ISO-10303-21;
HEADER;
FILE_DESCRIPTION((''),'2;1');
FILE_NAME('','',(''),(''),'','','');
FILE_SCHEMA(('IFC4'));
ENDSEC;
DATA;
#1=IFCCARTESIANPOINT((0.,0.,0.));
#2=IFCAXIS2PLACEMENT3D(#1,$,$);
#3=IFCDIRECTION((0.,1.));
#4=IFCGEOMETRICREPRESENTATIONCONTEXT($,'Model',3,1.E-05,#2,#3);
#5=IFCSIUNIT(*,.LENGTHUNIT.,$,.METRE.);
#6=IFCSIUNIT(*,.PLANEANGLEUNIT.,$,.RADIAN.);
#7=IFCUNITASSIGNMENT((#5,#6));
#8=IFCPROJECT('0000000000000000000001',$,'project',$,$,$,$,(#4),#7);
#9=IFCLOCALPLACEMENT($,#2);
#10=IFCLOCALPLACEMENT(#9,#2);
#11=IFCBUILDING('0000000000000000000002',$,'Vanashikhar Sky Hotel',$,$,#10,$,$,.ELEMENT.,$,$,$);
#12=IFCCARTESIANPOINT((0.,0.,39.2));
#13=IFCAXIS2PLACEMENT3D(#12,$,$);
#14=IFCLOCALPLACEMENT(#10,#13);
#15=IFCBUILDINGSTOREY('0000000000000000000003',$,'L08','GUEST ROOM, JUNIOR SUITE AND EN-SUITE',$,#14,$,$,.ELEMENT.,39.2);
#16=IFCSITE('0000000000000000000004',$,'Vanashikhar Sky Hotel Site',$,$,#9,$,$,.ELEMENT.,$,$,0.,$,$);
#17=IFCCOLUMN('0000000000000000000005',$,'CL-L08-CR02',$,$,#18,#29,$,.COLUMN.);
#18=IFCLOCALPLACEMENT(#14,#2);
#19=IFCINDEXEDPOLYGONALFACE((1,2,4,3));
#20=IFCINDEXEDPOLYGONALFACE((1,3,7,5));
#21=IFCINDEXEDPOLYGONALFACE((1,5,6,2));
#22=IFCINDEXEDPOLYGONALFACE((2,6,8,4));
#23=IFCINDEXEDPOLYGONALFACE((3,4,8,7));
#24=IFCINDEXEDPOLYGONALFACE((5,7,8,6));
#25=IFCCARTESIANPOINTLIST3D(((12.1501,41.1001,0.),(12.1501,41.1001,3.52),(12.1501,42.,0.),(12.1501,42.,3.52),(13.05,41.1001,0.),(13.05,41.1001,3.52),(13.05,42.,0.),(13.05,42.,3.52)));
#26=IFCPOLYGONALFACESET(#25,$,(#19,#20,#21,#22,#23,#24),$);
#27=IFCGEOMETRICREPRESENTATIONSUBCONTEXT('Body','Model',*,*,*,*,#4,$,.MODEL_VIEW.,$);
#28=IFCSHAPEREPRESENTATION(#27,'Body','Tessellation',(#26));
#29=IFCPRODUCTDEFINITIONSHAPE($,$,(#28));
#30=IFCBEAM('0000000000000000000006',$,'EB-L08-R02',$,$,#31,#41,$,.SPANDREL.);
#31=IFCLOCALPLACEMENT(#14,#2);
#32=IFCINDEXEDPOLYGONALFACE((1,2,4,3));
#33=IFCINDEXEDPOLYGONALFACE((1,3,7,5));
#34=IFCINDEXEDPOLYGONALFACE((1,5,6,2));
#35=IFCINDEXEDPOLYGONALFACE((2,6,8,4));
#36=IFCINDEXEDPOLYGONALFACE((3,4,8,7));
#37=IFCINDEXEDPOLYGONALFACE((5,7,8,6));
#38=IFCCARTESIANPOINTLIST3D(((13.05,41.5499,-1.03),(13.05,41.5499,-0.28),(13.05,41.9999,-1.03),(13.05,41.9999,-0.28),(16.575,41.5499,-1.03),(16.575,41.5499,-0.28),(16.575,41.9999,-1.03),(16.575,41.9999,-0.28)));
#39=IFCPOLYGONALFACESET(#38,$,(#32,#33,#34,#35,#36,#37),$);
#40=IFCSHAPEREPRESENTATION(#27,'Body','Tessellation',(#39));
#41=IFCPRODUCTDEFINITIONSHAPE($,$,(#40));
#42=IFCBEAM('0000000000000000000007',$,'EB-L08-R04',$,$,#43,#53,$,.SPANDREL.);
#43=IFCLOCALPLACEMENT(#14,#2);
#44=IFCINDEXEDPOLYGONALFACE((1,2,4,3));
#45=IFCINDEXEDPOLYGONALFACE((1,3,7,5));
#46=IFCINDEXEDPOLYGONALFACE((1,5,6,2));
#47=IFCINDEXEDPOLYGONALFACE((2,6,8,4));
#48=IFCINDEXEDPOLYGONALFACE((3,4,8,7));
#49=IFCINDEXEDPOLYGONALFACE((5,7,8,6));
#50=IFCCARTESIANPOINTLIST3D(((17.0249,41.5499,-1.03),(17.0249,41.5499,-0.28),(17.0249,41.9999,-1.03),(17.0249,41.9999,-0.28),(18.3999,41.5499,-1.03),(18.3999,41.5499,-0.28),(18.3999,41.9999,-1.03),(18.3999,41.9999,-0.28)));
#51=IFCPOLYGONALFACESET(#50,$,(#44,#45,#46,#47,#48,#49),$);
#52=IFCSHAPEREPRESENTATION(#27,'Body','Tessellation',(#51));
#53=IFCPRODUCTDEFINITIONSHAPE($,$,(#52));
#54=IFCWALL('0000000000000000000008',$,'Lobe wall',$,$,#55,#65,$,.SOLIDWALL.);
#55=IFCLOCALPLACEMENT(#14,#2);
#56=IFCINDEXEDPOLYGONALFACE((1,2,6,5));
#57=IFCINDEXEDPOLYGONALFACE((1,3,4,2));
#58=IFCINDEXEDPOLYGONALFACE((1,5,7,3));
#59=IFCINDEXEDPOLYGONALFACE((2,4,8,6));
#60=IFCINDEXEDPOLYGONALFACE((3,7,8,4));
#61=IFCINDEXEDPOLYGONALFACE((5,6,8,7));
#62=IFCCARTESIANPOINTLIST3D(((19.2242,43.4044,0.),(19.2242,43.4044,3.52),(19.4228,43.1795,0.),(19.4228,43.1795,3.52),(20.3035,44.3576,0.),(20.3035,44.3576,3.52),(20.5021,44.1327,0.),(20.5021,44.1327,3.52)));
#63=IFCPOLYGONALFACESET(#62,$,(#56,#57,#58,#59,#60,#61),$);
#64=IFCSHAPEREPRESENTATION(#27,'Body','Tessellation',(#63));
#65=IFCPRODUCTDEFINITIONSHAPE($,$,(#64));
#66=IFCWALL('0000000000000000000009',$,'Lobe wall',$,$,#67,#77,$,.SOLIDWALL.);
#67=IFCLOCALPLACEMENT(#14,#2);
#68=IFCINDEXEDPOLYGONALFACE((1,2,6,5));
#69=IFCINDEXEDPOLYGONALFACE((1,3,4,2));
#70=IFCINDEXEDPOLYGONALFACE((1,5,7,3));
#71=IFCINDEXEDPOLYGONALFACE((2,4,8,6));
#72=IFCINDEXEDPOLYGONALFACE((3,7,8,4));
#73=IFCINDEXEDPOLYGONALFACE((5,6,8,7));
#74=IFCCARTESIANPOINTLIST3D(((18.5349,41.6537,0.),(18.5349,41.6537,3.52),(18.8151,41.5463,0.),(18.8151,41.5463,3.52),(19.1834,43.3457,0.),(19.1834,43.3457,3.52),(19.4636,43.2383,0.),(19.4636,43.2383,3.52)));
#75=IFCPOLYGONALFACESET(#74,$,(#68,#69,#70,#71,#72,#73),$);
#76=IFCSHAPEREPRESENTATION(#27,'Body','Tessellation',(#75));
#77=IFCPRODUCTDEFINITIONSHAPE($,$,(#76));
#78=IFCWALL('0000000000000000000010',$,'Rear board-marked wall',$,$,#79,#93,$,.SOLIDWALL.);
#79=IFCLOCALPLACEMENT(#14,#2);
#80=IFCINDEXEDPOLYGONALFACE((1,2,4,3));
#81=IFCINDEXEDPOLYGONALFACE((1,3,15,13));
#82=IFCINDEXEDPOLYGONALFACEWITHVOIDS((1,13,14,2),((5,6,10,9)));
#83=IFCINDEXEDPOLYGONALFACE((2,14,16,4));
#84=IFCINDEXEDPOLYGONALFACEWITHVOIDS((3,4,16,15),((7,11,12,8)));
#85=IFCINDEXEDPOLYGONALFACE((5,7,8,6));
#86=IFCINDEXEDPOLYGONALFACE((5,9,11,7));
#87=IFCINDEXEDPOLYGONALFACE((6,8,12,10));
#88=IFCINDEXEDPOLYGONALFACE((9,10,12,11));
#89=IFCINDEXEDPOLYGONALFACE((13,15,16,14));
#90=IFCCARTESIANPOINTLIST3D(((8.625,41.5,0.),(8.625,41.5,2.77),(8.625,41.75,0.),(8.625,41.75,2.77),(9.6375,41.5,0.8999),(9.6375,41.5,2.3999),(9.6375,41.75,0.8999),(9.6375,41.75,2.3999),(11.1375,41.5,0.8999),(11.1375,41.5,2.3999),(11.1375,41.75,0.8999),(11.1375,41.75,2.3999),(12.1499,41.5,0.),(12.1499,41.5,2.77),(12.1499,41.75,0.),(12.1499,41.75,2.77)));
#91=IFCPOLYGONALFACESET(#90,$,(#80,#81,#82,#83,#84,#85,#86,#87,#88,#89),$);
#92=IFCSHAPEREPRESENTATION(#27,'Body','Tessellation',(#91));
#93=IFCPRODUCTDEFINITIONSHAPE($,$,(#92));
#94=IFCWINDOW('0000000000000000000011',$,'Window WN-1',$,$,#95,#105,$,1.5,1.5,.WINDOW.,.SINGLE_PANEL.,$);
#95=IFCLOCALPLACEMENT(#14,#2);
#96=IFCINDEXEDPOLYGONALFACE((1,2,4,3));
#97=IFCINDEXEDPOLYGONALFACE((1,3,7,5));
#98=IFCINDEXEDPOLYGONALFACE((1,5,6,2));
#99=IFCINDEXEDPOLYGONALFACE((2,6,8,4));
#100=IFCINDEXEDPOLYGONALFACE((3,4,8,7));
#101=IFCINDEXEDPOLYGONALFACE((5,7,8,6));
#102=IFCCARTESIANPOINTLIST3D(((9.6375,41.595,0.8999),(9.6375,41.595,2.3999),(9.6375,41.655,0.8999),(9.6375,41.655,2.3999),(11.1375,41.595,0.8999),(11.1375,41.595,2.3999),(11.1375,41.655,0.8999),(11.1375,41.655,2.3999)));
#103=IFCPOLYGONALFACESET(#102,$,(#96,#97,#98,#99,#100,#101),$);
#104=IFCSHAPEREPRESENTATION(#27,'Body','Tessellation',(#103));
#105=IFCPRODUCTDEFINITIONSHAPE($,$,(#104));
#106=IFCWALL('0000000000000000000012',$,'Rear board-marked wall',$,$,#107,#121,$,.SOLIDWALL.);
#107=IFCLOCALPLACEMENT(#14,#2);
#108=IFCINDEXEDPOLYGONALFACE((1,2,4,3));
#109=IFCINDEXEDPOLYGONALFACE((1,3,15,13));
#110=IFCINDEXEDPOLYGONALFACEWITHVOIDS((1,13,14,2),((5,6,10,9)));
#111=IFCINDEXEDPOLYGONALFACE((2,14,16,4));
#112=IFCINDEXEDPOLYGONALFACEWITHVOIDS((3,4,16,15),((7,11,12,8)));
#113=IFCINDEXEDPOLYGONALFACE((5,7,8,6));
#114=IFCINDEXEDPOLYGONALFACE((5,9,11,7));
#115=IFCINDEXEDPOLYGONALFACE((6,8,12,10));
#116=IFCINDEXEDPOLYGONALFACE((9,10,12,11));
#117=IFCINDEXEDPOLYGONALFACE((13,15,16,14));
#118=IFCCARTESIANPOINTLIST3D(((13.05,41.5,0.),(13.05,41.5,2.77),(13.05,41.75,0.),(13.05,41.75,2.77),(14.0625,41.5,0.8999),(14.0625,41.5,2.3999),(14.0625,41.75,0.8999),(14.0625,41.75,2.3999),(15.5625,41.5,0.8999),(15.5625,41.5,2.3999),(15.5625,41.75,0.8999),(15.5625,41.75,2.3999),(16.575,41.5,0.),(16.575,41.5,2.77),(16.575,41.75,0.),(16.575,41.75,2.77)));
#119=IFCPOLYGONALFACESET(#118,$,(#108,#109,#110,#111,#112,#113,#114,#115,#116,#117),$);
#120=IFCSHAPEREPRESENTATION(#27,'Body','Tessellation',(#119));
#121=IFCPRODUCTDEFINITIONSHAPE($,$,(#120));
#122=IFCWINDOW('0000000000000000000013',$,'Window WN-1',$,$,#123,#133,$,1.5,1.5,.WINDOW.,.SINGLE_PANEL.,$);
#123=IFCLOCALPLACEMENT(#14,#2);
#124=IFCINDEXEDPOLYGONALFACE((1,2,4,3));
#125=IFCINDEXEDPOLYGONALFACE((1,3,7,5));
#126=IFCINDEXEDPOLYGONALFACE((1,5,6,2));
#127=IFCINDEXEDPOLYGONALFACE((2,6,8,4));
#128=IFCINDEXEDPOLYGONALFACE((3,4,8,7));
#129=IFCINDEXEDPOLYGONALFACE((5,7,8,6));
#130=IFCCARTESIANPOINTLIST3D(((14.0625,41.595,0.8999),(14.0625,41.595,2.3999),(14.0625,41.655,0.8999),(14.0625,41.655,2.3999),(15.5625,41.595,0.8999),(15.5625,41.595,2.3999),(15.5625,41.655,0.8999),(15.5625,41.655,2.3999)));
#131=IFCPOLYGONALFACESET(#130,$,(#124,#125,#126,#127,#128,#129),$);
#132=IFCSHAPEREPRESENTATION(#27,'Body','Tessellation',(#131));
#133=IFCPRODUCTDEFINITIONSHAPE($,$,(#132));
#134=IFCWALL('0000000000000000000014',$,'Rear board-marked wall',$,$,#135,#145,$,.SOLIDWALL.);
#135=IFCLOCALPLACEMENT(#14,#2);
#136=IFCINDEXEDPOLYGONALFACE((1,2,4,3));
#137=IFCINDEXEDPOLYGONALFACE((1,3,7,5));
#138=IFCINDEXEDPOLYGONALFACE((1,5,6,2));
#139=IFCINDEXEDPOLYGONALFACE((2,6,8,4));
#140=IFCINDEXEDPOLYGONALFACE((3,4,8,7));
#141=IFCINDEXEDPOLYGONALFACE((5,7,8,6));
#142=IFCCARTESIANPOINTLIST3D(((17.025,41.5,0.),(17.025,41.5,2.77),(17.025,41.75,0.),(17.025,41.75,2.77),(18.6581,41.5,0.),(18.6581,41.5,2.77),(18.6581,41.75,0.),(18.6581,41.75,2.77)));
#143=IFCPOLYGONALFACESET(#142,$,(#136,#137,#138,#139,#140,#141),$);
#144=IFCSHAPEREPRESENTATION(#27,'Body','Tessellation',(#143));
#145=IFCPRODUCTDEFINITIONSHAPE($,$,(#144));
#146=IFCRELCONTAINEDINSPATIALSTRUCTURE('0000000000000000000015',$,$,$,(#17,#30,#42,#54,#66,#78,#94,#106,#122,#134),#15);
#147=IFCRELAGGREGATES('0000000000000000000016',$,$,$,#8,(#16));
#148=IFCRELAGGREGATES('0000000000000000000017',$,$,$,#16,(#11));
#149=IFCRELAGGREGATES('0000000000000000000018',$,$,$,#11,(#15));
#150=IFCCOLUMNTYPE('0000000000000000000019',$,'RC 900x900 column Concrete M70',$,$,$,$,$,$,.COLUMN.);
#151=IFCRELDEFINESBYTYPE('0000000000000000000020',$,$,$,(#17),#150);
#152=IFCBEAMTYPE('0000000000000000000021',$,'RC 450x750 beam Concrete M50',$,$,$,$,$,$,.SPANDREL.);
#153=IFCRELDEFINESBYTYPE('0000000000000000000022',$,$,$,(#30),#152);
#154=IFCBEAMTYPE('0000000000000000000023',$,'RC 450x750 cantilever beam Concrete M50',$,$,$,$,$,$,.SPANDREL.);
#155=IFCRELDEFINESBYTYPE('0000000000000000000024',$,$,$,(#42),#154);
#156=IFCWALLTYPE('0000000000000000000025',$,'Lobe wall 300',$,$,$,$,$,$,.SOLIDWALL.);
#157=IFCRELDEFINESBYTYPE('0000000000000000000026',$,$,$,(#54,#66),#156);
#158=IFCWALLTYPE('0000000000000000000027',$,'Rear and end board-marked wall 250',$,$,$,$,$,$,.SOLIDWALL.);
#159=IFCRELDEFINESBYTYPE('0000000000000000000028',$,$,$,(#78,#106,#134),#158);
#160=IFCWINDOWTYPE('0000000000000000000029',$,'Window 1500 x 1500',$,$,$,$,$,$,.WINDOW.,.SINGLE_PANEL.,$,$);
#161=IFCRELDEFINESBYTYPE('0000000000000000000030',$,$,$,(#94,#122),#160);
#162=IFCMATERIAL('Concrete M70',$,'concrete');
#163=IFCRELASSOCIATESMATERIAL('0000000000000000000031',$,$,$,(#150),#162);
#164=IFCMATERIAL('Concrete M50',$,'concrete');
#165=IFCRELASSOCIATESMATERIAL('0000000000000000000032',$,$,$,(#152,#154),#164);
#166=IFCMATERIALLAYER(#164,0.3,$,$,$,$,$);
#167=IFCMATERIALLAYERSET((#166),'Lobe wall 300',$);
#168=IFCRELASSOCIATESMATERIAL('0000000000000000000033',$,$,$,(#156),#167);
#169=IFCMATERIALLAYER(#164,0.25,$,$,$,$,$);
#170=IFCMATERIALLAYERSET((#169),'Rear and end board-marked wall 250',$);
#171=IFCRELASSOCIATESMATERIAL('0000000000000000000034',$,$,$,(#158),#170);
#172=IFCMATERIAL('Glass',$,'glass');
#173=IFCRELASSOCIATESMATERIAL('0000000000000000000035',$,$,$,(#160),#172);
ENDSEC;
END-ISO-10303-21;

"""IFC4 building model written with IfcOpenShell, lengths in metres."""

from ifc_helpers import new_model, si_unit, direction, frame, frame_2d, origin, origin_2d, place, context, subcontext, project, spatial, rectangle, extrude, source, transform, mapped, material, layer, layer_set, material_profile, profile_set, type_object, element, fill, save


model = new_model("IFC4")

# Units and contexts
model_context = context("Model", 3, precision=1e-05, world=origin(), true_north=direction((0.0, 1.0)))
body_context = subcontext(model_context, "Body", "Model", "MODEL_VIEW")
ifc_project = project(units=[si_unit("LENGTHUNIT", "METRE"), si_unit("PLANEANGLEUNIT", "RADIAN")], contexts=[model_context])

# Site, building, storey
site_placement = place(None, origin())
site = spatial("IfcSite", under=ifc_project, at=site_placement, Name="Vanashikhar Sky Hotel Site", CompositionType="ELEMENT", RefElevation=0.0)
building_placement = place(site_placement, origin())
building = spatial("IfcBuilding", under=site, at=building_placement, Name="Vanashikhar Sky Hotel", CompositionType="ELEMENT")
storey_placement = place(building_placement, frame((0.0, 0.0, 39.2)))
storey = spatial("IfcBuildingStorey", under=building, at=storey_placement, Name="L08", Description="GUEST ROOM, JUNIOR SUITE AND EN-SUITE", CompositionType="ELEMENT", Elevation=39.2)

# Column
ifc_material_1 = material(Name="Concrete M70", Category="concrete")
ifc_material_profile_1 = material_profile(ifc_material_1, rectangle(XDim=0.8999, YDim=0.8999, at=origin_2d()))
ifc_profile_set_1 = profile_set([ifc_material_profile_1], Name="RC 900x900 column Concrete M70")
column_type = type_object("IfcColumnType", Name="RC 900x900 column Concrete M70", PredefinedType="COLUMN", material=ifc_profile_set_1)
shared_shape_1 = source(origin(), body_context, "Body", "SweptSolid", [
    extrude(rectangle(XDim=0.8999, YDim=0.8999, at=origin_2d()), origin(), (0.0, 0.0, 1.0), 3.52),
])
column_placement = place(storey_placement, frame((12.6001, 41.55, 0.0), z_axis=(0.0, 0.0, 1.0), x_axis=(1.0, 0.0, 0.0)))
element("IfcColumn", 1, at=column_placement, inside=storey, type_object=column_type, Name="CL-L08-CR02", PredefinedType="COLUMN", context=body_context, shape_type="MappedRepresentation", body=[
    mapped(shared_shape_1, transform((0.0, 0.0, 0.0), scale=1.0)),
])

# Beams
ifc_material_2 = material(Name="Concrete M50", Category="concrete")
ifc_material_profile_2 = material_profile(ifc_material_2, rectangle(XDim=0.45, YDim=0.75, at=origin_2d()))
ifc_profile_set_2 = profile_set([ifc_material_profile_2], Name="RC 450x750 beam Concrete M50")
beam_type_1 = type_object("IfcBeamType", Name="RC 450x750 beam Concrete M50", PredefinedType="SPANDREL", material=ifc_profile_set_2)
shared_shape_2 = source(origin(), body_context, "Body", "SweptSolid", [
    extrude(rectangle(XDim=0.45, YDim=0.75, at=origin_2d()), origin(), (0.0, 0.0, 1.0), 3.5249),
])
beam_1_placement = place(storey_placement, frame((13.05, 41.7749, -0.655), z_axis=(1.0, 0.0, 0.0), x_axis=(0.0, 1.0, 0.0)))
element("IfcBeam", 2, at=beam_1_placement, inside=storey, type_object=beam_type_1, Name="EB-L08-R02", PredefinedType="SPANDREL", context=body_context, shape_type="MappedRepresentation", body=[
    mapped(shared_shape_2, transform((0.0, 0.0, 0.0), scale=1.0)),
])
ifc_material_profile_3 = material_profile(ifc_material_2, rectangle(XDim=0.45, YDim=0.75, at=origin_2d()))
ifc_profile_set_3 = profile_set([ifc_material_profile_3], Name="RC 450x750 cantilever beam Concrete M50")
beam_type_2 = type_object("IfcBeamType", Name="RC 450x750 cantilever beam Concrete M50", PredefinedType="SPANDREL", material=ifc_profile_set_3)
shared_shape_3 = source(origin(), body_context, "Body", "SweptSolid", [
    extrude(rectangle(XDim=0.45, YDim=0.75, at=origin_2d()), origin(), (0.0, 0.0, 1.0), 1.375),
])
beam_2_placement = place(storey_placement, frame((17.0249, 41.7749, -0.655), z_axis=(1.0, 0.0, 0.0), x_axis=(0.0, 1.0, 0.0)))
element("IfcBeam", 3, at=beam_2_placement, inside=storey, type_object=beam_type_2, Name="EB-L08-R04", PredefinedType="SPANDREL", context=body_context, shape_type="MappedRepresentation", body=[
    mapped(shared_shape_3, transform((0.0, 0.0, 0.0), scale=1.0)),
])

# Walls
ifc_layer_1 = layer(ifc_material_2, 0.3)
ifc_layer_set_1 = layer_set([ifc_layer_1], Name="Lobe wall 300")
wall_type_1 = type_object("IfcWallType", Name="Lobe wall 300", PredefinedType="SOLIDWALL", material=ifc_layer_set_1)
shared_shape_4 = source(origin(), body_context, "Body", "SweptSolid", [
    extrude(rectangle(XDim=1.4399, YDim=0.3, at=frame_2d((0.72, 0.0))), origin(), (0.0, 0.0, 1.0), 3.52),
])
wall_1_placement = place(storey_placement, frame((20.4028, 44.2451, 0.0), z_axis=(0.0, 0.0, 1.0), x_axis=(-0.749576, -0.661919, 0.0)))
element("IfcWall", 4, at=wall_1_placement, inside=storey, type_object=wall_type_1, Name="Lobe wall", PredefinedType="SOLIDWALL", context=body_context, shape_type="MappedRepresentation", body=[
    mapped(shared_shape_4, transform((0.0, 0.0, 0.0), scale=1.0)),
])
shared_shape_5 = source(origin(), body_context, "Body", "SweptSolid", [
    extrude(rectangle(XDim=1.812, YDim=0.3, at=frame_2d((0.906, 0.0))), origin(), (0.0, 0.0, 1.0), 3.52),
])
wall_2_placement = place(storey_placement, frame((19.3235, 43.292, 0.0), z_axis=(0.0, 0.0, 1.0), x_axis=(-0.357877, -0.933769, 0.0)))
element("IfcWall", 5, at=wall_2_placement, inside=storey, type_object=wall_type_1, Name="Lobe wall", PredefinedType="SOLIDWALL", context=body_context, shape_type="MappedRepresentation", body=[
    mapped(shared_shape_5, transform((0.0, 0.0, 0.0), scale=1.0)),
])

# Walls, openings, windows
ifc_layer_2 = layer(ifc_material_2, 0.25)
ifc_layer_set_2 = layer_set([ifc_layer_2], Name="Rear and end board-marked wall 250")
wall_type_2 = type_object("IfcWallType", Name="Rear and end board-marked wall 250", PredefinedType="SOLIDWALL", material=ifc_layer_set_2)
shared_shape_6 = source(origin(), body_context, "Body", "SweptSolid", [
    extrude(rectangle(XDim=3.5249, YDim=0.25, at=frame_2d((1.7625, 0.0))), origin(), (0.0, 0.0, 1.0), 2.77),
])
wall_3_placement = place(storey_placement, frame((12.1499, 41.625, 0.0), z_axis=(0.0, 0.0, 1.0), x_axis=(-1.0, 0.0, 0.0)))
wall_3 = element("IfcWall", 6, at=wall_3_placement, inside=storey, type_object=wall_type_2, Name="Rear board-marked wall", PredefinedType="SOLIDWALL", context=body_context, shape_type="MappedRepresentation", body=[
    mapped(shared_shape_6, transform((0.0, 0.0, 0.0), scale=1.0)),
])
shared_shape_7 = source(origin(), body_context, "Body", "SweptSolid", [
    extrude(rectangle(XDim=1.5, YDim=1.5, at=frame_2d((0.75, 0.75))), frame((0.0, 0.135, 0.0), z_axis=(0.0, -1.0, 0.0), x_axis=(1.0, 0.0, 0.0)), (0.0, 0.0, 1.0), 0.27),
])
opening_1_placement = place(wall_3_placement, frame((1.0125, 0.0, 0.8999)))
opening_1 = element("IfcOpeningElement", 7, at=opening_1_placement, cuts=wall_3, PredefinedType="OPENING", context=body_context, shape_type="MappedRepresentation", body=[
    mapped(shared_shape_7, transform((0.0, 0.0, 0.0), scale=1.0)),
])
ifc_material_3 = material(Name="Glass", Category="glass")
window_type = type_object("IfcWindowType", Name="Window 1500 x 1500", PartitioningType="SINGLE_PANEL", PredefinedType="WINDOW", material=ifc_material_3)
shared_shape_8 = source(origin(), body_context, "Body", "SweptSolid", [
    extrude(rectangle(XDim=1.5, YDim=1.5, at=frame_2d((0.75, 0.75))), frame((0.0, 0.03, 0.0), z_axis=(0.0, -1.0, 0.0), x_axis=(1.0, 0.0, 0.0)), (0.0, 0.0, 1.0), 0.0601),
])
window_1_placement = place(opening_1_placement, origin())
window_1 = element("IfcWindow", 8, at=window_1_placement, inside=storey, type_object=window_type, Name="Window WN-1", OverallHeight=1.5, OverallWidth=1.5, PartitioningType="SINGLE_PANEL", PredefinedType="WINDOW", context=body_context, shape_type="MappedRepresentation", body=[
    mapped(shared_shape_8, transform((0.0, 0.0, 0.0), scale=1.0)),
])
fill(opening_1, window_1)
wall_4_placement = place(storey_placement, frame((16.575, 41.625, 0.0), z_axis=(0.0, 0.0, 1.0), x_axis=(-1.0, 0.0, 0.0)))
wall_4 = element("IfcWall", 9, at=wall_4_placement, inside=storey, type_object=wall_type_2, Name="Rear board-marked wall", PredefinedType="SOLIDWALL", context=body_context, shape_type="MappedRepresentation", body=[
    mapped(shared_shape_6, transform((0.0, 0.0, 0.0), scale=1.0)),
])
opening_2_placement = place(wall_4_placement, frame((1.0125, 0.0, 0.8999)))
opening_2 = element("IfcOpeningElement", 10, at=opening_2_placement, cuts=wall_4, PredefinedType="OPENING", context=body_context, shape_type="MappedRepresentation", body=[
    mapped(shared_shape_7, transform((0.0, 0.0, 0.0), scale=1.0)),
])
window_2_placement = place(opening_2_placement, origin())
window_2 = element("IfcWindow", 11, at=window_2_placement, inside=storey, type_object=window_type, Name="Window WN-1", OverallHeight=1.5, OverallWidth=1.5, PartitioningType="SINGLE_PANEL", PredefinedType="WINDOW", context=body_context, shape_type="MappedRepresentation", body=[
    mapped(shared_shape_8, transform((0.0, 0.0, 0.0), scale=1.0)),
])
fill(opening_2, window_2)

# Wall
shared_shape_9 = source(origin(), body_context, "Body", "SweptSolid", [
    extrude(rectangle(XDim=1.6331, YDim=0.25, at=frame_2d((0.8164, 0.0))), origin(), (0.0, 0.0, 1.0), 2.77),
])
wall_5_placement = place(storey_placement, frame((18.658, 41.625, 0.0), z_axis=(0.0, 0.0, 1.0), x_axis=(-1.0, 0.0, 0.0)))
element("IfcWall", 12, at=wall_5_placement, inside=storey, type_object=wall_type_2, Name="Rear board-marked wall", PredefinedType="SOLIDWALL", context=body_context, shape_type="MappedRepresentation", body=[
    mapped(shared_shape_9, transform((0.0, 0.0, 0.0), scale=1.0)),
])

save(model, "model.ifc")
